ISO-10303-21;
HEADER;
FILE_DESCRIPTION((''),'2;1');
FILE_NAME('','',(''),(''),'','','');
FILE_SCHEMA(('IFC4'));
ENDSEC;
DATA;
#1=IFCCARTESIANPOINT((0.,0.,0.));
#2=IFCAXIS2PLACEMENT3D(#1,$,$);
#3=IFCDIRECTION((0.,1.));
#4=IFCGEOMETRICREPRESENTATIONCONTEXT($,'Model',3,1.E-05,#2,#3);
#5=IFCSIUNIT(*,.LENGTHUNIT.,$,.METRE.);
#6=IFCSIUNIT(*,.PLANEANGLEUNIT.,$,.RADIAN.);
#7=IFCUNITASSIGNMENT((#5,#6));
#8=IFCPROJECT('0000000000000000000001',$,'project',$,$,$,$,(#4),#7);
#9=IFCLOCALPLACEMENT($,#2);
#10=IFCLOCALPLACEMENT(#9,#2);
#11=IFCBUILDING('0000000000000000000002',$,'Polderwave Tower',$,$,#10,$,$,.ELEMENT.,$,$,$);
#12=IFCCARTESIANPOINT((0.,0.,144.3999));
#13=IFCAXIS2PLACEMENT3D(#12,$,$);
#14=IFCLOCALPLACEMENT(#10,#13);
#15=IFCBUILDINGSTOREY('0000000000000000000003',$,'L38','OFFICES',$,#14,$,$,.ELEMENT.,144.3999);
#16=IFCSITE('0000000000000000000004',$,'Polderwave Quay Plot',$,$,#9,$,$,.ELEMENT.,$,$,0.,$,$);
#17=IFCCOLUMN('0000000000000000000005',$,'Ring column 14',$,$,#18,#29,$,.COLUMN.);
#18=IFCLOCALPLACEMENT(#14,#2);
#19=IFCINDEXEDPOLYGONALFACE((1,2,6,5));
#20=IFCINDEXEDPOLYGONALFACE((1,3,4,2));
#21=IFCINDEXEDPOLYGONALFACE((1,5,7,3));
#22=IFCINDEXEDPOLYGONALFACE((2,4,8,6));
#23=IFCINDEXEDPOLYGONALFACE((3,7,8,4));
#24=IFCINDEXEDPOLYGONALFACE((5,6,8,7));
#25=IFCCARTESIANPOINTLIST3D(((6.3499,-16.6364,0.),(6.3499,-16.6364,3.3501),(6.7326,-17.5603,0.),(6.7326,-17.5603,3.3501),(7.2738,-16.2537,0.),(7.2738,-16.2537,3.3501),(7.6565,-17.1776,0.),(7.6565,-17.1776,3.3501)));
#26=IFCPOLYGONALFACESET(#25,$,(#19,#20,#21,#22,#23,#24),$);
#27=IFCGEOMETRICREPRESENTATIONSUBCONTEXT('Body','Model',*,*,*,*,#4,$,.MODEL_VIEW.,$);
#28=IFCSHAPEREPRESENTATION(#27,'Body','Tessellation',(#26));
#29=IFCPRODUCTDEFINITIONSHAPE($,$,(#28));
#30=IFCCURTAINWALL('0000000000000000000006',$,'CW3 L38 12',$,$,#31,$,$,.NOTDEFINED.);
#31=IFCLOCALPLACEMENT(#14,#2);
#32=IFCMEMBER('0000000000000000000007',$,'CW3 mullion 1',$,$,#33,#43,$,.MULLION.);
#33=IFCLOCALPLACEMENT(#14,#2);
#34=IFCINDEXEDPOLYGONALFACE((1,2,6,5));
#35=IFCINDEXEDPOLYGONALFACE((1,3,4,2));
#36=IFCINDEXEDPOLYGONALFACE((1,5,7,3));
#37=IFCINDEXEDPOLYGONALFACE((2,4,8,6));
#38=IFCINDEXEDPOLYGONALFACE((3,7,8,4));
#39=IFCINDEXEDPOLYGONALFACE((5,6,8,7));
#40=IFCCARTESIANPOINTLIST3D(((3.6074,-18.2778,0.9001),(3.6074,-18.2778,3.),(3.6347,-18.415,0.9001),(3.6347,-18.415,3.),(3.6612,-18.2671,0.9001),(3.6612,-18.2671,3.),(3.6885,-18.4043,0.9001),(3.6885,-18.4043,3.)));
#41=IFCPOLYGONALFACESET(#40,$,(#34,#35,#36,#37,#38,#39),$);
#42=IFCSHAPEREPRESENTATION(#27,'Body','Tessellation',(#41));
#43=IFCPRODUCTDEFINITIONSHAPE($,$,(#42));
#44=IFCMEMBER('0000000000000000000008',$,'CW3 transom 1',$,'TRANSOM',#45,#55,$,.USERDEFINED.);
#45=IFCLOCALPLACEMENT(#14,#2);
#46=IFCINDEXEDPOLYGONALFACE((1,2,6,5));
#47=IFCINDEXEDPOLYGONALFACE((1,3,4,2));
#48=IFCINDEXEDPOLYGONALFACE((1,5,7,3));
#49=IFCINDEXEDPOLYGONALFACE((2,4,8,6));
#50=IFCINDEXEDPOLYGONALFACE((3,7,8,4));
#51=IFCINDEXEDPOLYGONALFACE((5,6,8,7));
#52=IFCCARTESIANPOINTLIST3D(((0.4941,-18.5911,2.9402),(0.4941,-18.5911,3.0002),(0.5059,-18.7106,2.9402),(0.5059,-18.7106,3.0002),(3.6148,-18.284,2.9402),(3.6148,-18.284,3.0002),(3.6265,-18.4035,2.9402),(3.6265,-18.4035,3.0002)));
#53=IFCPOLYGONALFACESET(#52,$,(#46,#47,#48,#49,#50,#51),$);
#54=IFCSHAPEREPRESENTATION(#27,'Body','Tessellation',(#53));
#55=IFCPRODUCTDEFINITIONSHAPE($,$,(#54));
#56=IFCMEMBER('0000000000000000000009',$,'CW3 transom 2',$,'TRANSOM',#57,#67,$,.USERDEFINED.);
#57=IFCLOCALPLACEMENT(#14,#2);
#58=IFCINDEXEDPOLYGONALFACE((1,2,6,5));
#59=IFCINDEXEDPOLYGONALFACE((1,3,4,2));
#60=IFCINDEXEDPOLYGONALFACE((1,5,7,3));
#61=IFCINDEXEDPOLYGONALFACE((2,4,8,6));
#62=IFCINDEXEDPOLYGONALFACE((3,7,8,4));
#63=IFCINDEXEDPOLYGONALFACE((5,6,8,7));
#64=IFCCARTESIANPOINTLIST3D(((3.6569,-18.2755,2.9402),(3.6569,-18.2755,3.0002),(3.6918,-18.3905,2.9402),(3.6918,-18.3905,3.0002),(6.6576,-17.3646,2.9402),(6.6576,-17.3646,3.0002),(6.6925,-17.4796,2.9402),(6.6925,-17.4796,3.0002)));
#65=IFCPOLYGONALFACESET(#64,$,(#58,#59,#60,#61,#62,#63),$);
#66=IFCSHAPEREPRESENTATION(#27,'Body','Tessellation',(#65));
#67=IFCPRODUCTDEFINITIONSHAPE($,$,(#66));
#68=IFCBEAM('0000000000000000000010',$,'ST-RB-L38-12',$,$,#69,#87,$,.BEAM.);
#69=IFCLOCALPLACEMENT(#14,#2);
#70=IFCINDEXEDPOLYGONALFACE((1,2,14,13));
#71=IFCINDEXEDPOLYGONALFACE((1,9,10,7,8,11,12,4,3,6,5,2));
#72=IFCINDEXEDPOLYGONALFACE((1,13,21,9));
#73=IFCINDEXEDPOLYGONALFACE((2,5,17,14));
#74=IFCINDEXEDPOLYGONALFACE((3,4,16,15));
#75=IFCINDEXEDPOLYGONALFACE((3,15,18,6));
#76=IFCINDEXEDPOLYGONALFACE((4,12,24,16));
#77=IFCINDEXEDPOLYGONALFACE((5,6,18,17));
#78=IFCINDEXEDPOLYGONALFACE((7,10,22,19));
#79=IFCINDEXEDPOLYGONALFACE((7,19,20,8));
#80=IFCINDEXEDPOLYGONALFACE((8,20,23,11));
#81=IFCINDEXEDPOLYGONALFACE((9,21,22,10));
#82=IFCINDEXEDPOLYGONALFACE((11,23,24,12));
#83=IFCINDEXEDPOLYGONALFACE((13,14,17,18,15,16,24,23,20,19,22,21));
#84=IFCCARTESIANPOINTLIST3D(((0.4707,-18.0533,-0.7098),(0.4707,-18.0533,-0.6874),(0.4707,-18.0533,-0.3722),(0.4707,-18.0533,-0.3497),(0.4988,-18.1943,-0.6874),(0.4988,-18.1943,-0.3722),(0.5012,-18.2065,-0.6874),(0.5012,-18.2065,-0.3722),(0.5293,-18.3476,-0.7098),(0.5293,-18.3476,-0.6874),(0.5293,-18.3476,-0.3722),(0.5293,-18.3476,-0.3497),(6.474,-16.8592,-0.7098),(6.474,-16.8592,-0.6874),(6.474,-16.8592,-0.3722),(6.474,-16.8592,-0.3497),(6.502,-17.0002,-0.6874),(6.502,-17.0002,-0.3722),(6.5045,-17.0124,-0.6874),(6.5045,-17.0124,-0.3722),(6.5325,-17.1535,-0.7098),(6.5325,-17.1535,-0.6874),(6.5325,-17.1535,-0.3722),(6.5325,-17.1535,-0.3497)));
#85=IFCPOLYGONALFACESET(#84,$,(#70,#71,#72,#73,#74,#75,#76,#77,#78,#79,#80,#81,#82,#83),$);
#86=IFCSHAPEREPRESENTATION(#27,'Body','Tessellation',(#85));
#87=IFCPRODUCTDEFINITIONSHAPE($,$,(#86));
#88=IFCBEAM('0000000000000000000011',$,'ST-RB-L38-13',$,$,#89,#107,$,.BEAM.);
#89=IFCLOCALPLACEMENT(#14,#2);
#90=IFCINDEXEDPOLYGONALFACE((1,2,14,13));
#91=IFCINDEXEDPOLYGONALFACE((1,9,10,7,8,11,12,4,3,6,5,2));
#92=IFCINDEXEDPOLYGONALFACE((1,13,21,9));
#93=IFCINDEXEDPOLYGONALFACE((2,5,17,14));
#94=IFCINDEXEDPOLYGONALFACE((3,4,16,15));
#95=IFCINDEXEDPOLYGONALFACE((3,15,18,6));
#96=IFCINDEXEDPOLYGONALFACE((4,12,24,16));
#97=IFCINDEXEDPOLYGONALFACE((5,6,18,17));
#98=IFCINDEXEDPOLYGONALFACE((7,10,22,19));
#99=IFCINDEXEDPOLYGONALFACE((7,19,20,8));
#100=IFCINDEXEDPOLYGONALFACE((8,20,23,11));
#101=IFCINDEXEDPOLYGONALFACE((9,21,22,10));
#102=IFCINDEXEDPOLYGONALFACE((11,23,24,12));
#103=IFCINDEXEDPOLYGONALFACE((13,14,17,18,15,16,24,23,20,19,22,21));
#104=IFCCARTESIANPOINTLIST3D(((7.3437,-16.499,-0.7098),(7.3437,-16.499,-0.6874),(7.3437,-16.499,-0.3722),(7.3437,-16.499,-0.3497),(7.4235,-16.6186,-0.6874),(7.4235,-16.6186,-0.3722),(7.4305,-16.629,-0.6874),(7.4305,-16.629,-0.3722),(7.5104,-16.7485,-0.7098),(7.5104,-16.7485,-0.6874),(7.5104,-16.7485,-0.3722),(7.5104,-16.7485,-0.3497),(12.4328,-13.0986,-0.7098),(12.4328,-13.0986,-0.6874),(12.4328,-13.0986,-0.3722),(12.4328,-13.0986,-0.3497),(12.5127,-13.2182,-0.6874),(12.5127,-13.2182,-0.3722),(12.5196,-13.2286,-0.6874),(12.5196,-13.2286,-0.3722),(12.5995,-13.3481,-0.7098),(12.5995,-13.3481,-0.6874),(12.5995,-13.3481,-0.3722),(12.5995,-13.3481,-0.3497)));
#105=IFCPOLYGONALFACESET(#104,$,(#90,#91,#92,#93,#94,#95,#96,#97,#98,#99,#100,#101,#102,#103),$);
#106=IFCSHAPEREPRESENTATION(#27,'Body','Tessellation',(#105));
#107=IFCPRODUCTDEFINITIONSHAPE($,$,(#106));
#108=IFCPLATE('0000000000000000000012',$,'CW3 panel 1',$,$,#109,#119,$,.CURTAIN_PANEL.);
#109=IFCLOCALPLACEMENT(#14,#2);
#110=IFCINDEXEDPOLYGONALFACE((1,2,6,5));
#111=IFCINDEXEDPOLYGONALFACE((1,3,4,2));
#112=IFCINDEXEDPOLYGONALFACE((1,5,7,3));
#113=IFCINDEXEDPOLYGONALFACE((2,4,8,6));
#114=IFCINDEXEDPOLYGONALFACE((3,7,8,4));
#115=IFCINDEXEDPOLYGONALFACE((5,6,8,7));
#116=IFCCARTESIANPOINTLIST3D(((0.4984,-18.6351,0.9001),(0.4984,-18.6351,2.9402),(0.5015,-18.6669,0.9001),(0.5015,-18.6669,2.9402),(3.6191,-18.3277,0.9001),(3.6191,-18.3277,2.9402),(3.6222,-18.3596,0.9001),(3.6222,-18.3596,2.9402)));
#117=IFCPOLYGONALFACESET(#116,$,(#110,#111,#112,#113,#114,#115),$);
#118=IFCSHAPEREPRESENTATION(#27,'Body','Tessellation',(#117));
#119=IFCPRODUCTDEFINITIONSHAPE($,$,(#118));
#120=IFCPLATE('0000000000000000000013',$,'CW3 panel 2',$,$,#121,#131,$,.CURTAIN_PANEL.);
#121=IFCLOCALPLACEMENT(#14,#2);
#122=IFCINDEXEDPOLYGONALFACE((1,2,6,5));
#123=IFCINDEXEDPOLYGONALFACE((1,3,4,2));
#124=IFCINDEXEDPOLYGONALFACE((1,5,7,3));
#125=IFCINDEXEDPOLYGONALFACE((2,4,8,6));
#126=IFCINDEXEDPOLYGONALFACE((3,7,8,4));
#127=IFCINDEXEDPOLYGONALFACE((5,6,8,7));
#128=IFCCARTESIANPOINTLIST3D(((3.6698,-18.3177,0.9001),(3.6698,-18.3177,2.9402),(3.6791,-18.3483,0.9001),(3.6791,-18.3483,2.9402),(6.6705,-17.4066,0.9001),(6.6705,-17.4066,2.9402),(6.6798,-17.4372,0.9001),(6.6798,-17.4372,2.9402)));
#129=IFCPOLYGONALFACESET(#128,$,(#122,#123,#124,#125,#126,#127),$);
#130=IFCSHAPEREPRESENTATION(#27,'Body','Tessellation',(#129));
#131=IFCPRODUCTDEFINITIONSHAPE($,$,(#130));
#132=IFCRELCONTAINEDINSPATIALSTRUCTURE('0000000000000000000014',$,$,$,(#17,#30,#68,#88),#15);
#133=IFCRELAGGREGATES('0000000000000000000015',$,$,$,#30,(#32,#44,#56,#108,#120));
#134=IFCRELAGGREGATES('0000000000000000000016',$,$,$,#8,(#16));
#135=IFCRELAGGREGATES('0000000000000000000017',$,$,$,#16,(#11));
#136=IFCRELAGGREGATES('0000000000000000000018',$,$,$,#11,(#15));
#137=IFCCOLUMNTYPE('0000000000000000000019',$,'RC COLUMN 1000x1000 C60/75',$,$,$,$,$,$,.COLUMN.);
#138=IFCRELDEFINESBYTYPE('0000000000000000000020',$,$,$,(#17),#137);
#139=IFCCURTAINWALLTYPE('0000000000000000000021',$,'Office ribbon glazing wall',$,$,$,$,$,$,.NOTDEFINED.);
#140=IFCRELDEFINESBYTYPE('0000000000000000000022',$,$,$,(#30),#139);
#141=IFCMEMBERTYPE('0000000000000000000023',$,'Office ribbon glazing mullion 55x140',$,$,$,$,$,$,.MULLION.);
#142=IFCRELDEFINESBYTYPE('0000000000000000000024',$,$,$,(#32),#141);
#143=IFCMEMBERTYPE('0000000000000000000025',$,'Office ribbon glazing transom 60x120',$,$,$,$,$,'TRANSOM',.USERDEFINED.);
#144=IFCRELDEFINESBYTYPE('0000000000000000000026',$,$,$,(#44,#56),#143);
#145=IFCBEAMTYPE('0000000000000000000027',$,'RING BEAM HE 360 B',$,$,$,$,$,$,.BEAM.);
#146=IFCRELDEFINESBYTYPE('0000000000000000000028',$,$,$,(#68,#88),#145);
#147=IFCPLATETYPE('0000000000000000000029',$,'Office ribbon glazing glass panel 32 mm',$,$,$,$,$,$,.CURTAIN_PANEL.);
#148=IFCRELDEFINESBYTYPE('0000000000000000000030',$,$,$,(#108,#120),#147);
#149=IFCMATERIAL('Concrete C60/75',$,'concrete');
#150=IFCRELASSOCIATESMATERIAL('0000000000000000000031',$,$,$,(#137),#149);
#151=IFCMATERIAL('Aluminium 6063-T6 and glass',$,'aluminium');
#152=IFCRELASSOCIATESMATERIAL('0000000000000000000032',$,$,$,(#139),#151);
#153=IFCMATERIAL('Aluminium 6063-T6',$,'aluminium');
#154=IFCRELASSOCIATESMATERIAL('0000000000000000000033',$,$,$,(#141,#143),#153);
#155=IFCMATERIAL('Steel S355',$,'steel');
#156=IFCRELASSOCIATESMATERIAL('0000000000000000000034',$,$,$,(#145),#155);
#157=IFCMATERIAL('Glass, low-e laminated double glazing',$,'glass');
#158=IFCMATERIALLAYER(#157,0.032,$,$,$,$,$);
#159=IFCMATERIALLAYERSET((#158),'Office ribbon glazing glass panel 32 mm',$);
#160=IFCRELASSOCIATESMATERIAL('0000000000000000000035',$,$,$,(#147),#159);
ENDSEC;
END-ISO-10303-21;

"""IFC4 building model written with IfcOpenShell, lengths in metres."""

from ifc_helpers import new_model, si_unit, direction, frame, origin, origin_2d, place, context, subcontext, project, spatial, rectangle, i_section, extrude, material, layer, layer_set, material_profile, profile_set, type_object, element, aggregate, save


model = new_model("IFC4")

# Units and contexts
model_context = context("Model", 3, precision=1e-05, world=origin(), true_north=direction((0.0, 1.0)))
body_context = subcontext(model_context, "Body", "Model", "MODEL_VIEW")
ifc_project = project(units=[si_unit("LENGTHUNIT", "METRE"), si_unit("PLANEANGLEUNIT", "RADIAN")], contexts=[model_context])

# Site, building, storey
site_placement = place(None, origin())
site = spatial("IfcSite", under=ifc_project, at=site_placement, Name="Polderwave Quay Plot", CompositionType="ELEMENT", RefElevation=0.0)
building_placement = place(site_placement, origin())
building = spatial("IfcBuilding", under=site, at=building_placement, Name="Polderwave Tower", CompositionType="ELEMENT")
storey_placement = place(building_placement, frame((0.0, 0.0, 144.3999)))
storey = spatial("IfcBuildingStorey", under=building, at=storey_placement, Name="L38", Description="OFFICES", CompositionType="ELEMENT", Elevation=144.3999)

# Column
ifc_material_1 = material(Name="Concrete C60/75", Category="concrete")
ifc_material_profile_1 = material_profile(ifc_material_1, rectangle(XDim=1.0, YDim=1.0, at=origin_2d()), Name="RC 1000x1000")
ifc_profile_set_1 = profile_set([ifc_material_profile_1], Name="Concrete C60/75")
column_type = type_object("IfcColumnType", Name="RC COLUMN 1000x1000 C60/75", PredefinedType="COLUMN", material=ifc_profile_set_1)
column_placement = place(storey_placement, frame((7.0032, -16.907, 0.0), z_axis=(0.0, 0.0, 1.0), x_axis=(0.382683, -0.92388, 0.0)))
element("IfcColumn", 1, at=column_placement, inside=storey, type_object=column_type, Name="Ring column 14", PredefinedType="COLUMN", context=body_context, shape_type="SweptSolid", body=[
    extrude(rectangle(XDim=1.0, YDim=1.0, at=origin_2d()), origin(), (0.0, 0.0, 1.0), 3.3501),
])

# Curtain wall, members
ifc_material_2 = material(Name="Aluminium 6063-T6 and glass", Category="aluminium")
curtain_wall_type = type_object("IfcCurtainWallType", Name="Office ribbon glazing wall", PredefinedType="NOTDEFINED", material=ifc_material_2)
curtain_wall_placement = place(storey_placement, origin())
curtain_wall = element("IfcCurtainWall", 2, at=curtain_wall_placement, inside=storey, type_object=curtain_wall_type, Name="CW3 L38 12", PredefinedType="NOTDEFINED")
ifc_material_3 = material(Name="Aluminium 6063-T6", Category="aluminium")
ifc_material_profile_2 = material_profile(ifc_material_3, rectangle(XDim=0.1399, YDim=0.0549, at=origin_2d()), Name="AL 55x140")
ifc_profile_set_2 = profile_set([ifc_material_profile_2], Name="Aluminium 6063-T6")
member_type_1 = type_object("IfcMemberType", Name="Office ribbon glazing mullion 55x140", PredefinedType="MULLION", material=ifc_profile_set_2)
member_1_placement = place(storey_placement, frame((3.6479, -18.3411, 0.9001), z_axis=(0.0, 0.0, 1.0), x_axis=(-0.195196, 0.980764, 0.0)))
member_1 = element("IfcMember", 3, at=member_1_placement, type_object=member_type_1, Name="CW3 mullion 1", PredefinedType="MULLION", context=body_context, shape_type="SweptSolid", body=[
    extrude(rectangle(XDim=0.1399, YDim=0.0549, at=origin_2d()), origin(), (0.0, 0.0, 1.0), 2.0999),
])
ifc_material_profile_3 = material_profile(ifc_material_3, rectangle(XDim=0.1201, YDim=0.0601, at=origin_2d()), Name="AL 60x120")
ifc_profile_set_3 = profile_set([ifc_material_profile_3], Name="Aluminium 6063-T6")
member_type_2 = type_object("IfcMemberType", Name="Office ribbon glazing transom 60x120", ElementType="TRANSOM", PredefinedType="USERDEFINED", material=ifc_profile_set_3)
member_2_placement = place(storey_placement, frame((0.5, -18.6509, 2.9702), z_axis=(0.995192, 0.097946, 0.0), x_axis=(-0.097946, 0.995192, 0.0)))
member_2 = element("IfcMember", 4, at=member_2_placement, type_object=member_type_2, Name="CW3 transom 1", ObjectType="TRANSOM", PredefinedType="USERDEFINED", context=body_context, shape_type="SweptSolid", body=[
    extrude(rectangle(XDim=0.1201, YDim=0.0601, at=origin_2d()), origin(), (0.0, 0.0, 1.0), 3.1357),
])
member_3_placement = place(storey_placement, frame((3.6743, -18.333, 2.9702), z_axis=(0.956885, 0.290468, 0.0), x_axis=(-0.290468, 0.956885, 0.0)))
member_3 = element("IfcMember", 5, at=member_3_placement, type_object=member_type_2, Name="CW3 transom 2", ObjectType="TRANSOM", PredefinedType="USERDEFINED", context=body_context, shape_type="SweptSolid", body=[
    extrude(rectangle(XDim=0.1201, YDim=0.0601, at=origin_2d()), origin(), (0.0, 0.0, 1.0), 3.136),
])

# Beams
ifc_material_4 = material(Name="Steel S355", Category="steel")
ifc_material_profile_4 = material_profile(ifc_material_4, i_section(OverallWidth=0.3, OverallDepth=0.3601, WebThickness=0.0125, FlangeThickness=0.0225, at=origin_2d()), Name="HE 360 B")
ifc_profile_set_4 = profile_set([ifc_material_profile_4], Name="Steel S355")
beam_type = type_object("IfcBeamType", Name="RING BEAM HE 360 B", PredefinedType="BEAM", material=ifc_profile_set_4)
beam_1_placement = place(storey_placement, frame((0.5, -18.2004, -0.5298), z_axis=(0.980786, 0.195088, 0.0), x_axis=(-0.195088, 0.980786, 0.0)))
element("IfcBeam", 6, at=beam_1_placement, inside=storey, type_object=beam_type, Name="ST-RB-L38-12", PredefinedType="BEAM", context=body_context, shape_type="SweptSolid", body=[
    extrude(i_section(OverallWidth=0.3, OverallDepth=0.3601, WebThickness=0.0125, FlangeThickness=0.0225, at=origin_2d()), origin(), (0.0, 0.0, 1.0), 6.1208),
])
beam_2_placement = place(storey_placement, frame((7.427, -16.6238, -0.5298), z_axis=(0.831473, 0.555565, 0.0), x_axis=(-0.555565, 0.831473, 0.0)))
element("IfcBeam", 7, at=beam_2_placement, inside=storey, type_object=beam_type, Name="ST-RB-L38-13", PredefinedType="BEAM", context=body_context, shape_type="SweptSolid", body=[
    extrude(i_section(OverallWidth=0.3, OverallDepth=0.3601, WebThickness=0.0125, FlangeThickness=0.0225, at=origin_2d()), origin(), (0.0, 0.0, 1.0), 6.1206),
])

# Plates
ifc_material_5 = material(Name="Glass, low-e laminated double glazing", Category="glass")
ifc_layer_1 = layer(ifc_material_5, 0.032)
ifc_layer_set_1 = layer_set([ifc_layer_1], Name="Office ribbon glazing glass panel 32 mm")
plate_type = type_object("IfcPlateType", Name="Office ribbon glazing glass panel 32 mm", PredefinedType="CURTAIN_PANEL", material=ifc_layer_set_1)
plate_1_placement = place(storey_placement, frame((2.0603, -18.4973, 0.9001), z_axis=(0.0, 0.0, 1.0), x_axis=(0.995186, 0.098002, 0.0)))
plate_1 = element("IfcPlate", 8, at=plate_1_placement, type_object=plate_type, Name="CW3 panel 1", PredefinedType="CURTAIN_PANEL", context=body_context, shape_type="SweptSolid", body=[
    extrude(rectangle(XDim=3.1357, YDim=0.032, at=origin_2d()), origin(), (0.0, 0.0, 1.0), 2.04),
])
plate_2_placement = place(storey_placement, frame((5.1748, -17.8774, 0.9001), z_axis=(0.0, 0.0, 1.0), x_axis=(0.956873, 0.290507, 0.0)))
plate_2 = element("IfcPlate", 9, at=plate_2_placement, type_object=plate_type, Name="CW3 panel 2", PredefinedType="CURTAIN_PANEL", context=body_context, shape_type="SweptSolid", body=[
    extrude(rectangle(XDim=3.136, YDim=0.032, at=origin_2d()), origin(), (0.0, 0.0, 1.0), 2.04),
])
aggregate(curtain_wall, [member_1, member_2, member_3, plate_1, plate_2])

save(model, "model.ifc")
